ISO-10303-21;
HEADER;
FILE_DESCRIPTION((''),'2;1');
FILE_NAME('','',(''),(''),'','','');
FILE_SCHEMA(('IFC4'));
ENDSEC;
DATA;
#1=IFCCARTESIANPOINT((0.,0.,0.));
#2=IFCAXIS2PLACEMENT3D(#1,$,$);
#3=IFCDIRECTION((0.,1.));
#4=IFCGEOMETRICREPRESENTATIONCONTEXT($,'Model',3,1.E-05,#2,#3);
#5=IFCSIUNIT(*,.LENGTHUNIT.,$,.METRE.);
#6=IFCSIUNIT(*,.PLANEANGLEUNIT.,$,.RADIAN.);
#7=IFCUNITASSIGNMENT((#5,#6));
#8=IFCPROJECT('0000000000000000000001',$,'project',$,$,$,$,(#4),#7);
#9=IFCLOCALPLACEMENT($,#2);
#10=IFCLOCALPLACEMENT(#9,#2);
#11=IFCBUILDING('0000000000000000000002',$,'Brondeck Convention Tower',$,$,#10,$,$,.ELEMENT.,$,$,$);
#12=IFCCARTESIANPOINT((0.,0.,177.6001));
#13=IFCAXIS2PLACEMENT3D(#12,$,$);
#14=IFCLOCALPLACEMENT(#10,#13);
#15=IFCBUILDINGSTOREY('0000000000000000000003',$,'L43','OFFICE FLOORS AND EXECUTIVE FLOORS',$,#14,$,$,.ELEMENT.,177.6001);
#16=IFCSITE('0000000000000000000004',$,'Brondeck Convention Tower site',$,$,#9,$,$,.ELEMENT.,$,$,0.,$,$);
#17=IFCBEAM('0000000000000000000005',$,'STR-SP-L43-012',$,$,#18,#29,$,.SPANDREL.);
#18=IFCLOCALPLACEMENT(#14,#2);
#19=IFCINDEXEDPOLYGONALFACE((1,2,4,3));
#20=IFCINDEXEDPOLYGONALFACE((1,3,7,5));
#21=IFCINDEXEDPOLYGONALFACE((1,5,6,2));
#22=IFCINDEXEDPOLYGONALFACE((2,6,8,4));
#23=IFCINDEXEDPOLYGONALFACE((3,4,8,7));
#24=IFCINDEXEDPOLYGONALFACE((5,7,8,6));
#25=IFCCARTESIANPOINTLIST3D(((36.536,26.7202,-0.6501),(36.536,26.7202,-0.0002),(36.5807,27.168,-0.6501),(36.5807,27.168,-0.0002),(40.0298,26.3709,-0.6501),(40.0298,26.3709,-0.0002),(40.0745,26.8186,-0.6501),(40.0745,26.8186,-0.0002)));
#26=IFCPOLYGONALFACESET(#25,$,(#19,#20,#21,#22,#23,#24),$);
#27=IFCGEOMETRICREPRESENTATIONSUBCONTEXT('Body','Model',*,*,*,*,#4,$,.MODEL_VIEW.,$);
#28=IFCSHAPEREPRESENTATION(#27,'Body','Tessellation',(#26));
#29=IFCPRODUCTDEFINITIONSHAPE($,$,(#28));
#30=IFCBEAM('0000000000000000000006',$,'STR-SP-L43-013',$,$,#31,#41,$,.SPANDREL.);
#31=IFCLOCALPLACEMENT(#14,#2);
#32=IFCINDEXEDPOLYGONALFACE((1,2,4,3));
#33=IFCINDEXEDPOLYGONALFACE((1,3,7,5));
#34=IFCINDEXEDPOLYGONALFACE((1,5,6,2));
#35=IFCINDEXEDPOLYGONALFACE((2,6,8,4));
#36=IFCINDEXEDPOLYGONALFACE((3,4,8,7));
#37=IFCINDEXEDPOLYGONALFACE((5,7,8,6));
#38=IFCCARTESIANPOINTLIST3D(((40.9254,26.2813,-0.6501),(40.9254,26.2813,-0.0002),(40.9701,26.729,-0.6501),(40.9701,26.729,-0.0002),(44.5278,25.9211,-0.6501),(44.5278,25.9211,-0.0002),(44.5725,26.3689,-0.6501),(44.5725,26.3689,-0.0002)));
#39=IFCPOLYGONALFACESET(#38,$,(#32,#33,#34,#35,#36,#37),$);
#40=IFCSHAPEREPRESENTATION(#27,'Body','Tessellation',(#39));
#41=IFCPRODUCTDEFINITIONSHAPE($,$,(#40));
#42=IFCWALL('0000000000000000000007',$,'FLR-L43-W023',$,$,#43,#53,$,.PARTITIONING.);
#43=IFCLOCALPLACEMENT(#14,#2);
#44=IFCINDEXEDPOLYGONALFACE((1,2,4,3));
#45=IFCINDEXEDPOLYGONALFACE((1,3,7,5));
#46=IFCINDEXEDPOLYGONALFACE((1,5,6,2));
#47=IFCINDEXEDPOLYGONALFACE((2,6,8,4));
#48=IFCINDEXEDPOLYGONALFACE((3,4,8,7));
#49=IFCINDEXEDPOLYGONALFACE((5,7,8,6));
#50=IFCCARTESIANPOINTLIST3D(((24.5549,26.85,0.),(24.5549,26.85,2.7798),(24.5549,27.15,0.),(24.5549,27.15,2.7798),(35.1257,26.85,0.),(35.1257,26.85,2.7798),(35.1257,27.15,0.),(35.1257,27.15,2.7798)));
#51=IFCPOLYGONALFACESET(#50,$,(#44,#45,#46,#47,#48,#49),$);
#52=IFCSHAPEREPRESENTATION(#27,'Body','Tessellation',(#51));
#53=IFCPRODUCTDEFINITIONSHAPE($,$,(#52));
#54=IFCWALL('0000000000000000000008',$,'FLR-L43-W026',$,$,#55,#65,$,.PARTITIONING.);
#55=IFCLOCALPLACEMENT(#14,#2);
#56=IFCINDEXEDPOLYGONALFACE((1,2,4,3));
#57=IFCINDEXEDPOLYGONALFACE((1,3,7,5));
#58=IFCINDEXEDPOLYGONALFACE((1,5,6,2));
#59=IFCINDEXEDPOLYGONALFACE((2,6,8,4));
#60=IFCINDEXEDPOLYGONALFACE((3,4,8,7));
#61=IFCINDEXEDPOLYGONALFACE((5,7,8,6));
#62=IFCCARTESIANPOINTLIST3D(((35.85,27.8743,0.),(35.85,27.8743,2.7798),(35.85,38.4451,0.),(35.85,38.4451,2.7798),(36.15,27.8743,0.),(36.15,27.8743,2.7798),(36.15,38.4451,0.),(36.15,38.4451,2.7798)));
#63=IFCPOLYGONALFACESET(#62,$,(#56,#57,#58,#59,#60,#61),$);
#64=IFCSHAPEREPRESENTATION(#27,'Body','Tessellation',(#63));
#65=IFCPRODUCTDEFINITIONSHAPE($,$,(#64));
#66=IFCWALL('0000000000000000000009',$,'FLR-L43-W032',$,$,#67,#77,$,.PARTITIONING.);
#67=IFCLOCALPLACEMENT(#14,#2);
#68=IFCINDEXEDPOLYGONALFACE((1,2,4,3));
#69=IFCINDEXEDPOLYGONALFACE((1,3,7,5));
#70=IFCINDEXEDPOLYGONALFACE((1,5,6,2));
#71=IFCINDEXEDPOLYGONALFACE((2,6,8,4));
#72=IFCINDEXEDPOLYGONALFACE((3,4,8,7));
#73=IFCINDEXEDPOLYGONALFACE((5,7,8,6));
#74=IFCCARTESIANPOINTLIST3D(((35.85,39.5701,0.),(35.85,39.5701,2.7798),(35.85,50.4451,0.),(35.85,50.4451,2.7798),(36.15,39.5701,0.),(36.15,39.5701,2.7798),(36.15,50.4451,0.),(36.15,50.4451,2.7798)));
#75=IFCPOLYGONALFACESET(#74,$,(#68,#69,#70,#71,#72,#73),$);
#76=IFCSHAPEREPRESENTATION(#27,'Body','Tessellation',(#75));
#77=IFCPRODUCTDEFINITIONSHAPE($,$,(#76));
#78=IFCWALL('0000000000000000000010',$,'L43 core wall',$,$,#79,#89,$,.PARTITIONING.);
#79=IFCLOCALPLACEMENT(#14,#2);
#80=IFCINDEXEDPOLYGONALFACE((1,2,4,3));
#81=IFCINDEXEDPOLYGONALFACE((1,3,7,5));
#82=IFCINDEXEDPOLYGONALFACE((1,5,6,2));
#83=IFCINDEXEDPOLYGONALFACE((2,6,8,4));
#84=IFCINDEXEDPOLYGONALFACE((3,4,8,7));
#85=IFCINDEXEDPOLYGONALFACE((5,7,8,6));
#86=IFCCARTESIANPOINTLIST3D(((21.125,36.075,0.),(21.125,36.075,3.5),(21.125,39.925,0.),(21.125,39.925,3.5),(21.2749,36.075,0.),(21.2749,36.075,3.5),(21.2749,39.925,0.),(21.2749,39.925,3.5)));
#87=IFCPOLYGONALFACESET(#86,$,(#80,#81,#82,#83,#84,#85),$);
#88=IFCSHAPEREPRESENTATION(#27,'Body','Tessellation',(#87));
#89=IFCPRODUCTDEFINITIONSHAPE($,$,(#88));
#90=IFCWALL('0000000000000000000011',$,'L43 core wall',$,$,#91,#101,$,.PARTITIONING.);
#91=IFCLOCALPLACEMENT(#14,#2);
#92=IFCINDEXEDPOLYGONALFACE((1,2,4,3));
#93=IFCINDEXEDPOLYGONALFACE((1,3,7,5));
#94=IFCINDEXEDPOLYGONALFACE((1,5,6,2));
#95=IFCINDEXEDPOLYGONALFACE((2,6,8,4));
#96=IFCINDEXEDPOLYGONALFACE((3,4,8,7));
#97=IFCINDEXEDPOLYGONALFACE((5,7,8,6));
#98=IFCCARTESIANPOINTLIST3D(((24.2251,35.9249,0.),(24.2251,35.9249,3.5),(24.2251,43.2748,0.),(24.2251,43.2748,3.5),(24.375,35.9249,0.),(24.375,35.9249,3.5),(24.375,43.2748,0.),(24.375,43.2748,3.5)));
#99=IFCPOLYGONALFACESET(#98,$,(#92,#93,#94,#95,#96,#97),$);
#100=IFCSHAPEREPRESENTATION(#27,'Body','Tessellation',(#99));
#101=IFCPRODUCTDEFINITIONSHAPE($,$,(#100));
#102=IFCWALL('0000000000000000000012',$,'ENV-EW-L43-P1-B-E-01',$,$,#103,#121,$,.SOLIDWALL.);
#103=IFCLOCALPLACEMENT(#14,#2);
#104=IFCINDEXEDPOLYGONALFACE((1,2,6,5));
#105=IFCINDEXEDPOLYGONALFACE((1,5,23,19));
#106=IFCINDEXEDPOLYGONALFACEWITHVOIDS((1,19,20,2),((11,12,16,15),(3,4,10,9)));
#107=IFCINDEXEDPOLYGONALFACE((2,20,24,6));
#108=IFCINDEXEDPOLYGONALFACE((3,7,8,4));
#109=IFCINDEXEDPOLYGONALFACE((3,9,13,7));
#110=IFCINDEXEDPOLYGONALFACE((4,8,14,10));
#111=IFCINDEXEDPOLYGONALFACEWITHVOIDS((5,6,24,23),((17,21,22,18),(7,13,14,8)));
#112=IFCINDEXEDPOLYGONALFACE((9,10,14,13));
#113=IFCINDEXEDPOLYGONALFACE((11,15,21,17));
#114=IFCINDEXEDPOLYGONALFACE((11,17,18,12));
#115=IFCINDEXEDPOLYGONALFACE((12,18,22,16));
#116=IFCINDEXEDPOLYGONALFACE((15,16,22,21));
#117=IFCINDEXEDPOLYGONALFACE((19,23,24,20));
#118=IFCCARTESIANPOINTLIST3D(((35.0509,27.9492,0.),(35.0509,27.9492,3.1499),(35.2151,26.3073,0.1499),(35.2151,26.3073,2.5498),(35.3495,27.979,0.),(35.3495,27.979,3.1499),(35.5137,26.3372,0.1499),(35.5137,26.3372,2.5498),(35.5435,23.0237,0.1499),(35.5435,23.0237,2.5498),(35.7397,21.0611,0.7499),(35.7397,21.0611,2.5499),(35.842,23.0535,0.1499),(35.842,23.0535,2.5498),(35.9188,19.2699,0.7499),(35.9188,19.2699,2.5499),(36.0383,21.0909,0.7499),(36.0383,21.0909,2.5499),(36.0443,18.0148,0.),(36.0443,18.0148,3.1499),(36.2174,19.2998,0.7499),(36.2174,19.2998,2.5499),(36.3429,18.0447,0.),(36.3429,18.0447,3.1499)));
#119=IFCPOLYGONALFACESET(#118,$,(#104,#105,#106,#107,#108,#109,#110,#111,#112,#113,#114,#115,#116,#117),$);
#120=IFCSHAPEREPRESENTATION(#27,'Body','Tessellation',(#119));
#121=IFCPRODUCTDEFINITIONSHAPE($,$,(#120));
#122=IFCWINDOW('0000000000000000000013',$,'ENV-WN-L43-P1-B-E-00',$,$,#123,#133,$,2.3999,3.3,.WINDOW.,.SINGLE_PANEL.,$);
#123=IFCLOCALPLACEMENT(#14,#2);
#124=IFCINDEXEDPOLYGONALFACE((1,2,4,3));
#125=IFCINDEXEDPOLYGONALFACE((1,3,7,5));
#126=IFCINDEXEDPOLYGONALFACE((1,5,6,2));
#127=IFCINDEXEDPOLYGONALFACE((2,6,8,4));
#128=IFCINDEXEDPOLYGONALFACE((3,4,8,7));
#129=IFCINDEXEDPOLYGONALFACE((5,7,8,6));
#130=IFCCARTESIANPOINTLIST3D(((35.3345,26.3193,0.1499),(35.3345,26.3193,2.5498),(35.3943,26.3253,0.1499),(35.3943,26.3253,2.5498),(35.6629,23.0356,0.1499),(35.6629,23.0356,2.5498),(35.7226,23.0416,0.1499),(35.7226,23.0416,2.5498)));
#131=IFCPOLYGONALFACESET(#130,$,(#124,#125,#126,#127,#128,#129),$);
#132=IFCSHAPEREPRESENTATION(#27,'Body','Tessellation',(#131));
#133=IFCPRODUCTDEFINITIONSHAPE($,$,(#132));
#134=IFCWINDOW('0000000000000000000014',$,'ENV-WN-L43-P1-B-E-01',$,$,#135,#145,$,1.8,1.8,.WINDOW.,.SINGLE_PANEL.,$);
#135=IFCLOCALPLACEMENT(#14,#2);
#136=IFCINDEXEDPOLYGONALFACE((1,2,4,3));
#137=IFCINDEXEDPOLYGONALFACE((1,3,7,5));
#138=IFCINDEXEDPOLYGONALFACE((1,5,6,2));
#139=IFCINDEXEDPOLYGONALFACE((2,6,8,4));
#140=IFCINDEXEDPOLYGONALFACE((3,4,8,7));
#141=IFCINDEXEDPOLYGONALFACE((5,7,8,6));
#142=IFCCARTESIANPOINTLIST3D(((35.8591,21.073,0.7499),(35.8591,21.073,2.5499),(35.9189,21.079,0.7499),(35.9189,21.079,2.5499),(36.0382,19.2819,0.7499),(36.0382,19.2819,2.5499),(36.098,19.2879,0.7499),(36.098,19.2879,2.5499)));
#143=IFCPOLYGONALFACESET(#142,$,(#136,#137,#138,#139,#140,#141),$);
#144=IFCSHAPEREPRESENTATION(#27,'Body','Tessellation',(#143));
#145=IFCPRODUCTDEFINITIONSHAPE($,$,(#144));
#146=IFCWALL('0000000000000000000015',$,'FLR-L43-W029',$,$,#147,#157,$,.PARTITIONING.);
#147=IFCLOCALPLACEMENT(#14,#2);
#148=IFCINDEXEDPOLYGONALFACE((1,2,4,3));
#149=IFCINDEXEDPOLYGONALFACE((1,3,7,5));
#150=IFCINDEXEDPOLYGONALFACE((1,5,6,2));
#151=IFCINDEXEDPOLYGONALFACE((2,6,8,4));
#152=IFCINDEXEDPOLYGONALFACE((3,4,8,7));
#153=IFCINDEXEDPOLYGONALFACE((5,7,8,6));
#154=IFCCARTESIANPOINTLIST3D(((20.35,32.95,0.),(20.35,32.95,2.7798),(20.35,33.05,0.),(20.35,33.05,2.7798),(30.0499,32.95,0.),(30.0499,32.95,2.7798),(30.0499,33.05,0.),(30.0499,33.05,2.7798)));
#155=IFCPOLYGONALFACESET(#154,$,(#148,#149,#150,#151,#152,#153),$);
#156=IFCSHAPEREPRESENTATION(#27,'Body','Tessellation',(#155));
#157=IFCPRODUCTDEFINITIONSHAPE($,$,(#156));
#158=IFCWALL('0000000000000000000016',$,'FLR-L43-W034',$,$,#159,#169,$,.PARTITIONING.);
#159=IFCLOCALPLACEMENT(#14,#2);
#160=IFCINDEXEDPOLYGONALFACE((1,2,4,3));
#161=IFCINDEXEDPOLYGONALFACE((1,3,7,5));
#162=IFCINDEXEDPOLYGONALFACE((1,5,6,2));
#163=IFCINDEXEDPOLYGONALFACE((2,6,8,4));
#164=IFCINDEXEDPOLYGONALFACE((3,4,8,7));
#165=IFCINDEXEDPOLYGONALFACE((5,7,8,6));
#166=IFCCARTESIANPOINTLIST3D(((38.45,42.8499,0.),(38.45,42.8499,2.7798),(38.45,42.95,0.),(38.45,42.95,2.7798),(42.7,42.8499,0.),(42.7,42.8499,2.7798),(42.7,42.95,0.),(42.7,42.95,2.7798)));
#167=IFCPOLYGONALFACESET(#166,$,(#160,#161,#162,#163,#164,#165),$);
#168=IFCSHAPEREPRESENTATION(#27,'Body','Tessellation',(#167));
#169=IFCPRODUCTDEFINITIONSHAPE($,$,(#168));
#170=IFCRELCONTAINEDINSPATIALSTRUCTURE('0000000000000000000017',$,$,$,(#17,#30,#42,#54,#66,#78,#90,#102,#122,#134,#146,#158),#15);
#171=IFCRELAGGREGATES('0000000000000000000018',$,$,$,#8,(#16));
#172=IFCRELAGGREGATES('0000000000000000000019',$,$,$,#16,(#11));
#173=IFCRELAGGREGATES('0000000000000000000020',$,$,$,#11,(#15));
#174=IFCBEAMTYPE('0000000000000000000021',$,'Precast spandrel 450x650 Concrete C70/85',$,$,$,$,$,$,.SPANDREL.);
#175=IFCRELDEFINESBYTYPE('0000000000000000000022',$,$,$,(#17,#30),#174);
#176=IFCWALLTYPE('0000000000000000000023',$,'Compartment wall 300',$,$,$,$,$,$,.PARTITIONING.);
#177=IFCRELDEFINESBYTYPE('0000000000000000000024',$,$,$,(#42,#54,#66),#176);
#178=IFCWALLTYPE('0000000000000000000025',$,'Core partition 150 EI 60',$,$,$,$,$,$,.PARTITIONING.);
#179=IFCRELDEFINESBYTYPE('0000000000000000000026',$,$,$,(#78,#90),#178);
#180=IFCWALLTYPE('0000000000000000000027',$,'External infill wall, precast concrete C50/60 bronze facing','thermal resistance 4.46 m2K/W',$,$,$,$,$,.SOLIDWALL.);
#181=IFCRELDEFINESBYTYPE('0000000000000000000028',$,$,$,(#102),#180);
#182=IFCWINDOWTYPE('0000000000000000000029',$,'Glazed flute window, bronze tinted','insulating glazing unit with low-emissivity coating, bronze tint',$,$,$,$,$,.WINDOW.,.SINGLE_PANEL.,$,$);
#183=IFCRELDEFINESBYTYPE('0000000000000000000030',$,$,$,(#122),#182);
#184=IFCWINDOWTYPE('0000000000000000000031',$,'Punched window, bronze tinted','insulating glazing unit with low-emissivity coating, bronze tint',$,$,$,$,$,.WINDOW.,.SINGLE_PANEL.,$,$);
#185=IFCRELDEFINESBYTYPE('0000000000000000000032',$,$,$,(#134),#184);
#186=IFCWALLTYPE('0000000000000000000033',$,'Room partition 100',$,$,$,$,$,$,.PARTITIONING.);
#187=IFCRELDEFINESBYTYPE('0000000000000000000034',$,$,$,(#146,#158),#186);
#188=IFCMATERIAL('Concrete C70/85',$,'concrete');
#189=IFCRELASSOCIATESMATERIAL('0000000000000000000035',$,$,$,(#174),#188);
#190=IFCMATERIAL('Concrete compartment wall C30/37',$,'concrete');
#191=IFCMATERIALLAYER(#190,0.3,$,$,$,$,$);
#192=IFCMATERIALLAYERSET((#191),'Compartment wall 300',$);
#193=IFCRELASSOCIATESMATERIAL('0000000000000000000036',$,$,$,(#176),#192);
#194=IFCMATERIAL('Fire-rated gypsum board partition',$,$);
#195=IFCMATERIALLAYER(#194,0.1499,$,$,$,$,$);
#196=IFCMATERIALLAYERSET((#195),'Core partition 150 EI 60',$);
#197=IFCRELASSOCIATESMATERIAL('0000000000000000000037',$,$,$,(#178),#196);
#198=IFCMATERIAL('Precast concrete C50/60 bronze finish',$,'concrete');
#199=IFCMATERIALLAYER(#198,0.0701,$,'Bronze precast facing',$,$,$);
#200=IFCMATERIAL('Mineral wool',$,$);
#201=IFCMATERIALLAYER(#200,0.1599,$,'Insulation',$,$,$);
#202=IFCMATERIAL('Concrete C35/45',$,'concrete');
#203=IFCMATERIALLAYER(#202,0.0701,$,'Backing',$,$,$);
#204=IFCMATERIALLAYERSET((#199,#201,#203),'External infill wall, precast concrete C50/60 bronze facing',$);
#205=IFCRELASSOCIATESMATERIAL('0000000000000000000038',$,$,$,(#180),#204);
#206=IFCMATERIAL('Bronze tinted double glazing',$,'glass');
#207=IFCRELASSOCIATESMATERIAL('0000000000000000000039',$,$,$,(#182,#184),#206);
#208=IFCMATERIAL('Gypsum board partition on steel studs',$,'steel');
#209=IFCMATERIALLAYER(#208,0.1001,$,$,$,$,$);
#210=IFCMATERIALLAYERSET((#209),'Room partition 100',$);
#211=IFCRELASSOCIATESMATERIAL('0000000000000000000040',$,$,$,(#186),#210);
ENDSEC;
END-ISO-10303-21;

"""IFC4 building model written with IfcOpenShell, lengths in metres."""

from ifc_helpers import new_model, si_unit, direction, frame, frame_2d, origin, origin_2d, place, context, subcontext, project, spatial, rectangle, extrude, material, layer, layer_set, material_profile, profile_set, type_object, element, fill, save


model = new_model("IFC4")

# Units and contexts
model_context = context("Model", 3, precision=1e-05, world=origin(), true_north=direction((0.0, 1.0)))
body_context = subcontext(model_context, "Body", "Model", "MODEL_VIEW")
ifc_project = project(units=[si_unit("LENGTHUNIT", "METRE"), si_unit("PLANEANGLEUNIT", "RADIAN")], contexts=[model_context])

# Site, building, storey
site_placement = place(None, origin())
site = spatial("IfcSite", under=ifc_project, at=site_placement, Name="Brondeck Convention Tower site", CompositionType="ELEMENT", RefElevation=0.0)
building_placement = place(site_placement, origin())
building = spatial("IfcBuilding", under=site, at=building_placement, Name="Brondeck Convention Tower", CompositionType="ELEMENT")
storey_placement = place(building_placement, frame((0.0, 0.0, 177.6001)))
storey = spatial("IfcBuildingStorey", under=building, at=storey_placement, Name="L43", Description="OFFICE FLOORS AND EXECUTIVE FLOORS", CompositionType="ELEMENT", Elevation=177.6001)

# Shared definitions
ifc_material_1 = material(Name="Concrete C70/85", Category="concrete")

# Beams
ifc_material_profile_1 = material_profile(ifc_material_1, rectangle(XDim=0.45, YDim=0.6499, at=origin_2d()), Name="Precast spandrel 450x650 Concrete C70/85")
ifc_profile_set_1 = profile_set([ifc_material_profile_1], Name="Concrete C70/85")
beam_type_1 = type_object("IfcBeamType", Name="Precast spandrel 450x650 Concrete C70/85", PredefinedType="SPANDREL", material=ifc_profile_set_1)
beam_1_placement = place(storey_placement, frame((36.5583, 26.9441, -0.3252), z_axis=(0.995038, -0.099497, 0.0), x_axis=(0.099497, 0.995038, 0.0)))
element("IfcBeam", 1, at=beam_1_placement, inside=storey, type_object=beam_type_1, Name="STR-SP-L43-012", PredefinedType="SPANDREL", context=body_context, shape_type="SweptSolid", body=[
    extrude(rectangle(XDim=0.45, YDim=0.6499, at=origin_2d()), origin(), (0.0, 0.0, 1.0), 3.5112),
])
beam_2_placement = place(storey_placement, frame((40.9478, 26.5051, -0.3252), z_axis=(0.995041, -0.09947, 0.0), x_axis=(0.09947, 0.995041, 0.0)))
element("IfcBeam", 2, at=beam_2_placement, inside=storey, type_object=beam_type_1, Name="STR-SP-L43-013", PredefinedType="SPANDREL", context=body_context, shape_type="SweptSolid", body=[
    extrude(rectangle(XDim=0.45, YDim=0.6499, at=origin_2d()), origin(), (0.0, 0.0, 1.0), 3.6204),
])

# Walls
ifc_material_2 = material(Name="Concrete compartment wall C30/37", Category="concrete")
ifc_layer_1 = layer(ifc_material_2, 0.3)
ifc_layer_set_1 = layer_set([ifc_layer_1], Name="Compartment wall 300")
wall_type_1 = type_object("IfcWallType", Name="Compartment wall 300", PredefinedType="PARTITIONING", material=ifc_layer_set_1)
for number, where, z_axis, x_axis, name in (
    (3, (24.5549, 27.0, 0.0), (0.0, 0.0, 1.0), (1.0, 0.0, 0.0), "FLR-L43-W023"),
    (4, (36.0, 27.8743, 0.0), (0.0, 0.0, 1.0), (0.0, 1.0, 0.0), "FLR-L43-W026"),
):
    element("IfcWall", number, at=place(storey_placement, frame(where, z_axis=z_axis, x_axis=x_axis)), inside=storey, type_object=wall_type_1, Name=name, PredefinedType="PARTITIONING", context=body_context, shape_type="SweptSolid", body=[
        extrude(rectangle(XDim=10.5708, YDim=0.3, at=frame_2d((5.2854, 0.0))), origin(), (0.0, 0.0, 1.0), 2.7798),
    ])
wall_1_placement = place(storey_placement, frame((36.0, 39.5701, 0.0), z_axis=(0.0, 0.0, 1.0), x_axis=(0.0, 1.0, 0.0)))
element("IfcWall", 5, at=wall_1_placement, inside=storey, type_object=wall_type_1, Name="FLR-L43-W032", PredefinedType="PARTITIONING", context=body_context, shape_type="SweptSolid", body=[
    extrude(rectangle(XDim=10.875, YDim=0.3, at=frame_2d((5.4375, 0.0))), origin(), (0.0, 0.0, 1.0), 2.7798),
])
ifc_material_3 = material(Name="Fire-rated gypsum board partition")
ifc_layer_2 = layer(ifc_material_3, 0.1499)
ifc_layer_set_2 = layer_set([ifc_layer_2], Name="Core partition 150 EI 60")
wall_type_2 = type_object("IfcWallType", Name="Core partition 150 EI 60", PredefinedType="PARTITIONING", material=ifc_layer_set_2)
wall_2_placement = place(storey_placement, frame((21.2, 36.075, 0.0), z_axis=(0.0, 0.0, 1.0), x_axis=(0.0, 1.0, 0.0)))
element("IfcWall", 6, at=wall_2_placement, inside=storey, type_object=wall_type_2, Name="L43 core wall", PredefinedType="PARTITIONING", context=body_context, shape_type="SweptSolid", body=[
    extrude(rectangle(XDim=3.8501, YDim=0.1499, at=frame_2d((1.925, 0.0))), origin(), (0.0, 0.0, 1.0), 3.5),
])
wall_3_placement = place(storey_placement, frame((24.3, 35.925, 0.0), z_axis=(0.0, 0.0, 1.0), x_axis=(0.0, 1.0, 0.0)))
element("IfcWall", 7, at=wall_3_placement, inside=storey, type_object=wall_type_2, Name="L43 core wall", PredefinedType="PARTITIONING", context=body_context, shape_type="SweptSolid", body=[
    extrude(rectangle(XDim=7.3499, YDim=0.1499, at=frame_2d((3.6748, 0.0))), origin(), (0.0, 0.0, 1.0), 3.5),
])

# Wall, openings, windows
ifc_material_4 = material(Name="Precast concrete C50/60 bronze finish", Category="concrete")
ifc_layer_3 = layer(ifc_material_4, 0.0701, Name="Bronze precast facing")
ifc_material_5 = material(Name="Mineral wool")
ifc_layer_4 = layer(ifc_material_5, 0.1599, Name="Insulation")
ifc_material_6 = material(Name="Concrete C35/45", Category="concrete")
ifc_layer_5 = layer(ifc_material_6, 0.0701, Name="Backing")
ifc_layer_set_3 = layer_set([ifc_layer_3, ifc_layer_4, ifc_layer_5], Name="External infill wall, precast concrete C50/60 bronze facing")
wall_type_3 = type_object("IfcWallType", Name="External infill wall, precast concrete C50/60 bronze facing", Description="thermal resistance 4.46 m2K/W", PredefinedType="SOLIDWALL", material=ifc_layer_set_3)
wall_4_placement = place(storey_placement, frame((35.2002, 27.9641, 0.0), z_axis=(0.0, 0.0, 1.0), x_axis=(0.099501, -0.995037, 0.0)))
wall_4 = element("IfcWall", 8, at=wall_4_placement, inside=storey, type_object=wall_type_3, Name="ENV-EW-L43-P1-B-E-01", PredefinedType="SOLIDWALL", context=body_context, shape_type="SweptSolid", body=[
    extrude(rectangle(XDim=9.9839, YDim=0.3, at=frame_2d((4.9919, 0.0))), origin(), (0.0, 0.0, 1.0), 3.1499),
])
opening_1_placement = place(wall_4_placement, frame((1.6501, 0.0, 0.1499)))
opening_1 = element("IfcOpeningElement", 9, at=opening_1_placement, cuts=wall_4, PredefinedType="OPENING", context=body_context, shape_type="SweptSolid", body=[
    extrude(rectangle(XDim=3.3, YDim=2.3999, at=frame_2d((1.6499, 1.2))), frame((0.0, 0.1599, 0.0), z_axis=(0.0, -1.0, 0.0), x_axis=(1.0, 0.0, 0.0)), (0.0, 0.0, 1.0), 0.3201),
])
opening_2_placement = place(wall_4_placement, frame((6.9226, 0.0, 0.75)))
opening_2 = element("IfcOpeningElement", 10, at=opening_2_placement, cuts=wall_4, PredefinedType="OPENING", context=body_context, shape_type="SweptSolid", body=[
    extrude(rectangle(XDim=1.8, YDim=1.8, at=frame_2d((0.8999, 0.8999))), frame((0.0, 0.1599, 0.0), z_axis=(0.0, -1.0, 0.0), x_axis=(1.0, 0.0, 0.0)), (0.0, 0.0, 1.0), 0.3201),
])
ifc_material_7 = material(Name="Bronze tinted double glazing", Category="glass")
window_type_1 = type_object("IfcWindowType", Name="Glazed flute window, bronze tinted", Description="insulating glazing unit with low-emissivity coating, bronze tint", PartitioningType="SINGLE_PANEL", PredefinedType="WINDOW", material=ifc_material_7)
window_1_placement = place(opening_1_placement, origin())
window_1 = element("IfcWindow", 11, at=window_1_placement, inside=storey, type_object=window_type_1, Name="ENV-WN-L43-P1-B-E-00", OverallHeight=2.3999, OverallWidth=3.3, PartitioningType="SINGLE_PANEL", PredefinedType="WINDOW", context=body_context, shape_type="SweptSolid", body=[
    extrude(rectangle(XDim=3.3, YDim=2.3999, at=frame_2d((1.6499, 1.2))), frame((0.0, 0.03, 0.0), z_axis=(0.0, -1.0, 0.0), x_axis=(1.0, 0.0, 0.0)), (0.0, 0.0, 1.0), 0.0601),
])
fill(opening_1, window_1)
window_type_2 = type_object("IfcWindowType", Name="Punched window, bronze tinted", Description="insulating glazing unit with low-emissivity coating, bronze tint", PartitioningType="SINGLE_PANEL", PredefinedType="WINDOW", material=ifc_material_7)
window_2_placement = place(opening_2_placement, origin())
window_2 = element("IfcWindow", 12, at=window_2_placement, inside=storey, type_object=window_type_2, Name="ENV-WN-L43-P1-B-E-01", OverallHeight=1.8, OverallWidth=1.8, PartitioningType="SINGLE_PANEL", PredefinedType="WINDOW", context=body_context, shape_type="SweptSolid", body=[
    extrude(rectangle(XDim=1.8, YDim=1.8, at=frame_2d((0.8999, 0.8999))), frame((0.0, 0.03, 0.0), z_axis=(0.0, -1.0, 0.0), x_axis=(1.0, 0.0, 0.0)), (0.0, 0.0, 1.0), 0.0601),
])
fill(opening_2, window_2)

# Walls
ifc_material_8 = material(Name="Gypsum board partition on steel studs", Category="steel")
ifc_layer_6 = layer(ifc_material_8, 0.1001)
ifc_layer_set_4 = layer_set([ifc_layer_6], Name="Room partition 100")
wall_type_4 = type_object("IfcWallType", Name="Room partition 100", PredefinedType="PARTITIONING", material=ifc_layer_set_4)
wall_5_placement = place(storey_placement, frame((30.05, 33.0, 0.0), z_axis=(0.0, 0.0, 1.0), x_axis=(-1.0, 0.0, 0.0)))
element("IfcWall", 13, at=wall_5_placement, inside=storey, type_object=wall_type_4, Name="FLR-L43-W029", PredefinedType="PARTITIONING", context=body_context, shape_type="SweptSolid", body=[
    extrude(rectangle(XDim=9.7, YDim=0.1001, at=frame_2d((4.8501, 0.0))), origin(), (0.0, 0.0, 1.0), 2.7798),
])
wall_6_placement = place(storey_placement, frame((38.45, 42.8999, 0.0), z_axis=(0.0, 0.0, 1.0), x_axis=(1.0, 0.0, 0.0)))
element("IfcWall", 14, at=wall_6_placement, inside=storey, type_object=wall_type_4, Name="FLR-L43-W034", PredefinedType="PARTITIONING", context=body_context, shape_type="SweptSolid", body=[
    extrude(rectangle(XDim=4.25, YDim=0.1001, at=frame_2d((2.125, 0.0))), origin(), (0.0, 0.0, 1.0), 2.7798),
])

save(model, "model.ifc")
